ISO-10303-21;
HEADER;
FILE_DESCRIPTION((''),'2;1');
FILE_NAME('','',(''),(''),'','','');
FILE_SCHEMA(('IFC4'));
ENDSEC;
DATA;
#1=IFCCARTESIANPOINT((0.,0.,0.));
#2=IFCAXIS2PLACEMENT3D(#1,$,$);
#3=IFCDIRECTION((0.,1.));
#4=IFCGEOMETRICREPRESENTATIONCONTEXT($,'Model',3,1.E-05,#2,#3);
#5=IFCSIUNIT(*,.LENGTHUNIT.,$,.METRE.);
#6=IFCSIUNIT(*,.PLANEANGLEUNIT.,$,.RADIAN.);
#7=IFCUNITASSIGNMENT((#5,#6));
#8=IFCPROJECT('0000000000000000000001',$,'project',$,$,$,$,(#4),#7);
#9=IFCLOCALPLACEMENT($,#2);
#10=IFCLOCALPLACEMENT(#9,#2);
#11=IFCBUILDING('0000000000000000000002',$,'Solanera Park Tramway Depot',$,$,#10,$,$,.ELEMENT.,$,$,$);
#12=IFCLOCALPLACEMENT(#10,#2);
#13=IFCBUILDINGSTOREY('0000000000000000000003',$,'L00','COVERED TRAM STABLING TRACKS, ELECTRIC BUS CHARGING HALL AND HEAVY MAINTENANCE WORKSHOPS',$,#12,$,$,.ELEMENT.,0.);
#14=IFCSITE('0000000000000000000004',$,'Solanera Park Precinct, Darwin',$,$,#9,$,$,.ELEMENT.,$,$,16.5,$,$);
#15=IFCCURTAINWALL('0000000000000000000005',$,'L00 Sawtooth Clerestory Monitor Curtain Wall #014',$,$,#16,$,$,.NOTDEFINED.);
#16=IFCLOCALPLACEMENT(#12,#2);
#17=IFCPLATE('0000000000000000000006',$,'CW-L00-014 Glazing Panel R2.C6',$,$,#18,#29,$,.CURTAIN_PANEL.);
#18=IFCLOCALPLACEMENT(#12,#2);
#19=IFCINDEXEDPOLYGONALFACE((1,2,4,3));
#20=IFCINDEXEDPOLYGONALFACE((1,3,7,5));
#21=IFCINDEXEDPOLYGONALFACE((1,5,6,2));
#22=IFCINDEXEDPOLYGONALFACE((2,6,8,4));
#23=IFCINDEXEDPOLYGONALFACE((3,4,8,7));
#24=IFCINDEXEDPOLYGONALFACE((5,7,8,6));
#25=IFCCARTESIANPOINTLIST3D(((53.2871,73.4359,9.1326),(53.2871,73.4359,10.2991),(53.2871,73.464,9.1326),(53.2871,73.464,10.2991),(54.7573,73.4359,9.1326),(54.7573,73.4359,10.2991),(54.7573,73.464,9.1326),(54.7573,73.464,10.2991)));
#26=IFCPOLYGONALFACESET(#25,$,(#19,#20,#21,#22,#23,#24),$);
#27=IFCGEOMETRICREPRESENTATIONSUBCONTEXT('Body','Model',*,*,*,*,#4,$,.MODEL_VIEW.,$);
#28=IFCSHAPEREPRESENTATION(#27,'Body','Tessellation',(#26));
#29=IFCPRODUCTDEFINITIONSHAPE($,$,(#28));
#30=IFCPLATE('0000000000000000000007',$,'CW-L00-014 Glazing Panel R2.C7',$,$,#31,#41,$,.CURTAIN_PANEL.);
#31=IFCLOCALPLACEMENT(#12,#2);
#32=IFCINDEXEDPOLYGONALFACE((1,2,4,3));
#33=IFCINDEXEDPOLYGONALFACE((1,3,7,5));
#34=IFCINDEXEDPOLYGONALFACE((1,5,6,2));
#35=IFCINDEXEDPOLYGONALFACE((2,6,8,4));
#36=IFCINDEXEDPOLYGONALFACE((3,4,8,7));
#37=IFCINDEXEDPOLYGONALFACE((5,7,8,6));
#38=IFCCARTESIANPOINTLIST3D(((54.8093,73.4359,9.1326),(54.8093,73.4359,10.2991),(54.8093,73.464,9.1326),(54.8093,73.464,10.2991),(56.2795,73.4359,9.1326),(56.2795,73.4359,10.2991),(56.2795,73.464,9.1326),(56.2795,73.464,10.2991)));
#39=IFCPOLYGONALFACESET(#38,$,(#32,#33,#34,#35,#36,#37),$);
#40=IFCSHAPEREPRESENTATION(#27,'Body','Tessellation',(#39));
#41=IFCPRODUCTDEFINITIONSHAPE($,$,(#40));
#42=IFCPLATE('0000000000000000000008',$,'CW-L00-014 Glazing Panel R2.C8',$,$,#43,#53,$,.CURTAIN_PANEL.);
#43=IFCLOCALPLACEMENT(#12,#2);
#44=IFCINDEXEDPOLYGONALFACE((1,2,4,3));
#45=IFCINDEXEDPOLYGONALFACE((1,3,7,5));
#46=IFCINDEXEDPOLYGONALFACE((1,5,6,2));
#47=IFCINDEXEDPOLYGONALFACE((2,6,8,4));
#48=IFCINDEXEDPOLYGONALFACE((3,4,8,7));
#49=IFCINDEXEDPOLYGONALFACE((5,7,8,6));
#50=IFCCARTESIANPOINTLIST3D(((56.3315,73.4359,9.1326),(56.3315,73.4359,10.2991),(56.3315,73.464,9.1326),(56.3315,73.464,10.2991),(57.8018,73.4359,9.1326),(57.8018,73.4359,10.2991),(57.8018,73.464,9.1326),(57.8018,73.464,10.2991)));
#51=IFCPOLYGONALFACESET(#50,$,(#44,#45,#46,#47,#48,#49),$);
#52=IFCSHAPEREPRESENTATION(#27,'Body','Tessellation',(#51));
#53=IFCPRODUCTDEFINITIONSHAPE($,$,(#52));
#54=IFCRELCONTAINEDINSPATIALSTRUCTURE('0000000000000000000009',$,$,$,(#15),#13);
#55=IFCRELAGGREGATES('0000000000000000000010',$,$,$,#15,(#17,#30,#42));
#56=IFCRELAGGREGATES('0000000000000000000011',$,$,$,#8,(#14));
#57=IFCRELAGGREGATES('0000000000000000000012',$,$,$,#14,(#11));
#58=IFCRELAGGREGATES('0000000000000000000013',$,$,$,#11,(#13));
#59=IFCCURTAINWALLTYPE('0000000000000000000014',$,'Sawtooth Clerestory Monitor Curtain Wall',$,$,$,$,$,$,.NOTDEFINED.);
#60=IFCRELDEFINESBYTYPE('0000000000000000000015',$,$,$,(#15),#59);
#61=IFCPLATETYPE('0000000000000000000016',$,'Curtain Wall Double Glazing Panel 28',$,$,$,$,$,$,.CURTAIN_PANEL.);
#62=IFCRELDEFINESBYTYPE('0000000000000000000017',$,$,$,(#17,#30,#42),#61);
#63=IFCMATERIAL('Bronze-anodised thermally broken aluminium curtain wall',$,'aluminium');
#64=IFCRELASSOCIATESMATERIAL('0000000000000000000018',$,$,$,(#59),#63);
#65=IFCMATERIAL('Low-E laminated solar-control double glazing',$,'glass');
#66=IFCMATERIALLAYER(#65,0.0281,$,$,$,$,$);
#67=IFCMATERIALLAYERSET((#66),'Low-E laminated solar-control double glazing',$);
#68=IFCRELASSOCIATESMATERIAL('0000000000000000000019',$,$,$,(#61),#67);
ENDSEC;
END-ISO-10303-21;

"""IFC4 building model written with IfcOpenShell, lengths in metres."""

from ifc_helpers import new_model, si_unit, direction, frame, origin, origin_2d, place, context, subcontext, project, spatial, rectangle, extrude, material, layer, layer_set, type_object, element, aggregate, save


model = new_model("IFC4")

# Units and contexts
model_context = context("Model", 3, precision=1e-05, world=origin(), true_north=direction((0.0, 1.0)))
body_context = subcontext(model_context, "Body", "Model", "MODEL_VIEW")
ifc_project = project(units=[si_unit("LENGTHUNIT", "METRE"), si_unit("PLANEANGLEUNIT", "RADIAN")], contexts=[model_context])

# Site, building, storey
site_placement = place(None, origin())
site = spatial("IfcSite", under=ifc_project, at=site_placement, Name="Solanera Park Precinct, Darwin", CompositionType="ELEMENT", RefElevation=16.5)
building_placement = place(site_placement, origin())
building = spatial("IfcBuilding", under=site, at=building_placement, Name="Solanera Park Tramway Depot", CompositionType="ELEMENT")
storey_placement = place(building_placement, origin())
storey = spatial("IfcBuildingStorey", under=building, at=storey_placement, Name="L00", Description="COVERED TRAM STABLING TRACKS, ELECTRIC BUS CHARGING HALL AND HEAVY MAINTENANCE WORKSHOPS", CompositionType="ELEMENT", Elevation=0.0)

# Curtain wall
ifc_material_1 = material(Name="Bronze-anodised thermally broken aluminium curtain wall", Category="aluminium")
curtain_wall_type = type_object("IfcCurtainWallType", Name="Sawtooth Clerestory Monitor Curtain Wall", PredefinedType="NOTDEFINED", material=ifc_material_1)
curtain_wall_1_placement = place(storey_placement, origin())
curtain_wall_1 = element("IfcCurtainWall", 1, at=curtain_wall_1_placement, inside=storey, type_object=curtain_wall_type, Name="L00 Sawtooth Clerestory Monitor Curtain Wall #014", PredefinedType="NOTDEFINED")

# Plates
ifc_material_2 = material(Name="Low-E laminated solar-control double glazing", Category="glass")
ifc_layer = layer(ifc_material_2, 0.0281)
ifc_layer_set = layer_set([ifc_layer], Name="Low-E laminated solar-control double glazing")
plate_type = type_object("IfcPlateType", Name="Curtain Wall Double Glazing Panel 28", PredefinedType="CURTAIN_PANEL", material=ifc_layer_set)
plate_1_placement = place(storey_placement, frame((54.0222, 73.45, 9.1326), z_axis=(0.0, 0.0, 1.0), x_axis=(1.0, 0.0, 0.0)))
plate_1 = element("IfcPlate", 2, at=plate_1_placement, type_object=plate_type, Name="CW-L00-014 Glazing Panel R2.C6", PredefinedType="CURTAIN_PANEL", context=body_context, shape_type="SweptSolid", body=[
    extrude(rectangle(XDim=1.4702, YDim=0.0281, at=origin_2d()), origin(), (0.0, 0.0, 1.0), 1.1665),
])
plate_2_placement = place(storey_placement, frame((55.5444, 73.45, 9.1326), z_axis=(0.0, 0.0, 1.0), x_axis=(1.0, 0.0, 0.0)))
plate_2 = element("IfcPlate", 3, at=plate_2_placement, type_object=plate_type, Name="CW-L00-014 Glazing Panel R2.C7", PredefinedType="CURTAIN_PANEL", context=body_context, shape_type="SweptSolid", body=[
    extrude(rectangle(XDim=1.4702, YDim=0.0281, at=origin_2d()), origin(), (0.0, 0.0, 1.0), 1.1665),
])
plate_3_placement = place(storey_placement, frame((57.0667, 73.45, 9.1326), z_axis=(0.0, 0.0, 1.0), x_axis=(1.0, 0.0, 0.0)))
plate_3 = element("IfcPlate", 4, at=plate_3_placement, type_object=plate_type, Name="CW-L00-014 Glazing Panel R2.C8", PredefinedType="CURTAIN_PANEL", context=body_context, shape_type="SweptSolid", body=[
    extrude(rectangle(XDim=1.4702, YDim=0.0281, at=origin_2d()), origin(), (0.0, 0.0, 1.0), 1.1665),
])
aggregate(curtain_wall_1, [plate_1, plate_2, plate_3])

save(model, "model.ifc")
